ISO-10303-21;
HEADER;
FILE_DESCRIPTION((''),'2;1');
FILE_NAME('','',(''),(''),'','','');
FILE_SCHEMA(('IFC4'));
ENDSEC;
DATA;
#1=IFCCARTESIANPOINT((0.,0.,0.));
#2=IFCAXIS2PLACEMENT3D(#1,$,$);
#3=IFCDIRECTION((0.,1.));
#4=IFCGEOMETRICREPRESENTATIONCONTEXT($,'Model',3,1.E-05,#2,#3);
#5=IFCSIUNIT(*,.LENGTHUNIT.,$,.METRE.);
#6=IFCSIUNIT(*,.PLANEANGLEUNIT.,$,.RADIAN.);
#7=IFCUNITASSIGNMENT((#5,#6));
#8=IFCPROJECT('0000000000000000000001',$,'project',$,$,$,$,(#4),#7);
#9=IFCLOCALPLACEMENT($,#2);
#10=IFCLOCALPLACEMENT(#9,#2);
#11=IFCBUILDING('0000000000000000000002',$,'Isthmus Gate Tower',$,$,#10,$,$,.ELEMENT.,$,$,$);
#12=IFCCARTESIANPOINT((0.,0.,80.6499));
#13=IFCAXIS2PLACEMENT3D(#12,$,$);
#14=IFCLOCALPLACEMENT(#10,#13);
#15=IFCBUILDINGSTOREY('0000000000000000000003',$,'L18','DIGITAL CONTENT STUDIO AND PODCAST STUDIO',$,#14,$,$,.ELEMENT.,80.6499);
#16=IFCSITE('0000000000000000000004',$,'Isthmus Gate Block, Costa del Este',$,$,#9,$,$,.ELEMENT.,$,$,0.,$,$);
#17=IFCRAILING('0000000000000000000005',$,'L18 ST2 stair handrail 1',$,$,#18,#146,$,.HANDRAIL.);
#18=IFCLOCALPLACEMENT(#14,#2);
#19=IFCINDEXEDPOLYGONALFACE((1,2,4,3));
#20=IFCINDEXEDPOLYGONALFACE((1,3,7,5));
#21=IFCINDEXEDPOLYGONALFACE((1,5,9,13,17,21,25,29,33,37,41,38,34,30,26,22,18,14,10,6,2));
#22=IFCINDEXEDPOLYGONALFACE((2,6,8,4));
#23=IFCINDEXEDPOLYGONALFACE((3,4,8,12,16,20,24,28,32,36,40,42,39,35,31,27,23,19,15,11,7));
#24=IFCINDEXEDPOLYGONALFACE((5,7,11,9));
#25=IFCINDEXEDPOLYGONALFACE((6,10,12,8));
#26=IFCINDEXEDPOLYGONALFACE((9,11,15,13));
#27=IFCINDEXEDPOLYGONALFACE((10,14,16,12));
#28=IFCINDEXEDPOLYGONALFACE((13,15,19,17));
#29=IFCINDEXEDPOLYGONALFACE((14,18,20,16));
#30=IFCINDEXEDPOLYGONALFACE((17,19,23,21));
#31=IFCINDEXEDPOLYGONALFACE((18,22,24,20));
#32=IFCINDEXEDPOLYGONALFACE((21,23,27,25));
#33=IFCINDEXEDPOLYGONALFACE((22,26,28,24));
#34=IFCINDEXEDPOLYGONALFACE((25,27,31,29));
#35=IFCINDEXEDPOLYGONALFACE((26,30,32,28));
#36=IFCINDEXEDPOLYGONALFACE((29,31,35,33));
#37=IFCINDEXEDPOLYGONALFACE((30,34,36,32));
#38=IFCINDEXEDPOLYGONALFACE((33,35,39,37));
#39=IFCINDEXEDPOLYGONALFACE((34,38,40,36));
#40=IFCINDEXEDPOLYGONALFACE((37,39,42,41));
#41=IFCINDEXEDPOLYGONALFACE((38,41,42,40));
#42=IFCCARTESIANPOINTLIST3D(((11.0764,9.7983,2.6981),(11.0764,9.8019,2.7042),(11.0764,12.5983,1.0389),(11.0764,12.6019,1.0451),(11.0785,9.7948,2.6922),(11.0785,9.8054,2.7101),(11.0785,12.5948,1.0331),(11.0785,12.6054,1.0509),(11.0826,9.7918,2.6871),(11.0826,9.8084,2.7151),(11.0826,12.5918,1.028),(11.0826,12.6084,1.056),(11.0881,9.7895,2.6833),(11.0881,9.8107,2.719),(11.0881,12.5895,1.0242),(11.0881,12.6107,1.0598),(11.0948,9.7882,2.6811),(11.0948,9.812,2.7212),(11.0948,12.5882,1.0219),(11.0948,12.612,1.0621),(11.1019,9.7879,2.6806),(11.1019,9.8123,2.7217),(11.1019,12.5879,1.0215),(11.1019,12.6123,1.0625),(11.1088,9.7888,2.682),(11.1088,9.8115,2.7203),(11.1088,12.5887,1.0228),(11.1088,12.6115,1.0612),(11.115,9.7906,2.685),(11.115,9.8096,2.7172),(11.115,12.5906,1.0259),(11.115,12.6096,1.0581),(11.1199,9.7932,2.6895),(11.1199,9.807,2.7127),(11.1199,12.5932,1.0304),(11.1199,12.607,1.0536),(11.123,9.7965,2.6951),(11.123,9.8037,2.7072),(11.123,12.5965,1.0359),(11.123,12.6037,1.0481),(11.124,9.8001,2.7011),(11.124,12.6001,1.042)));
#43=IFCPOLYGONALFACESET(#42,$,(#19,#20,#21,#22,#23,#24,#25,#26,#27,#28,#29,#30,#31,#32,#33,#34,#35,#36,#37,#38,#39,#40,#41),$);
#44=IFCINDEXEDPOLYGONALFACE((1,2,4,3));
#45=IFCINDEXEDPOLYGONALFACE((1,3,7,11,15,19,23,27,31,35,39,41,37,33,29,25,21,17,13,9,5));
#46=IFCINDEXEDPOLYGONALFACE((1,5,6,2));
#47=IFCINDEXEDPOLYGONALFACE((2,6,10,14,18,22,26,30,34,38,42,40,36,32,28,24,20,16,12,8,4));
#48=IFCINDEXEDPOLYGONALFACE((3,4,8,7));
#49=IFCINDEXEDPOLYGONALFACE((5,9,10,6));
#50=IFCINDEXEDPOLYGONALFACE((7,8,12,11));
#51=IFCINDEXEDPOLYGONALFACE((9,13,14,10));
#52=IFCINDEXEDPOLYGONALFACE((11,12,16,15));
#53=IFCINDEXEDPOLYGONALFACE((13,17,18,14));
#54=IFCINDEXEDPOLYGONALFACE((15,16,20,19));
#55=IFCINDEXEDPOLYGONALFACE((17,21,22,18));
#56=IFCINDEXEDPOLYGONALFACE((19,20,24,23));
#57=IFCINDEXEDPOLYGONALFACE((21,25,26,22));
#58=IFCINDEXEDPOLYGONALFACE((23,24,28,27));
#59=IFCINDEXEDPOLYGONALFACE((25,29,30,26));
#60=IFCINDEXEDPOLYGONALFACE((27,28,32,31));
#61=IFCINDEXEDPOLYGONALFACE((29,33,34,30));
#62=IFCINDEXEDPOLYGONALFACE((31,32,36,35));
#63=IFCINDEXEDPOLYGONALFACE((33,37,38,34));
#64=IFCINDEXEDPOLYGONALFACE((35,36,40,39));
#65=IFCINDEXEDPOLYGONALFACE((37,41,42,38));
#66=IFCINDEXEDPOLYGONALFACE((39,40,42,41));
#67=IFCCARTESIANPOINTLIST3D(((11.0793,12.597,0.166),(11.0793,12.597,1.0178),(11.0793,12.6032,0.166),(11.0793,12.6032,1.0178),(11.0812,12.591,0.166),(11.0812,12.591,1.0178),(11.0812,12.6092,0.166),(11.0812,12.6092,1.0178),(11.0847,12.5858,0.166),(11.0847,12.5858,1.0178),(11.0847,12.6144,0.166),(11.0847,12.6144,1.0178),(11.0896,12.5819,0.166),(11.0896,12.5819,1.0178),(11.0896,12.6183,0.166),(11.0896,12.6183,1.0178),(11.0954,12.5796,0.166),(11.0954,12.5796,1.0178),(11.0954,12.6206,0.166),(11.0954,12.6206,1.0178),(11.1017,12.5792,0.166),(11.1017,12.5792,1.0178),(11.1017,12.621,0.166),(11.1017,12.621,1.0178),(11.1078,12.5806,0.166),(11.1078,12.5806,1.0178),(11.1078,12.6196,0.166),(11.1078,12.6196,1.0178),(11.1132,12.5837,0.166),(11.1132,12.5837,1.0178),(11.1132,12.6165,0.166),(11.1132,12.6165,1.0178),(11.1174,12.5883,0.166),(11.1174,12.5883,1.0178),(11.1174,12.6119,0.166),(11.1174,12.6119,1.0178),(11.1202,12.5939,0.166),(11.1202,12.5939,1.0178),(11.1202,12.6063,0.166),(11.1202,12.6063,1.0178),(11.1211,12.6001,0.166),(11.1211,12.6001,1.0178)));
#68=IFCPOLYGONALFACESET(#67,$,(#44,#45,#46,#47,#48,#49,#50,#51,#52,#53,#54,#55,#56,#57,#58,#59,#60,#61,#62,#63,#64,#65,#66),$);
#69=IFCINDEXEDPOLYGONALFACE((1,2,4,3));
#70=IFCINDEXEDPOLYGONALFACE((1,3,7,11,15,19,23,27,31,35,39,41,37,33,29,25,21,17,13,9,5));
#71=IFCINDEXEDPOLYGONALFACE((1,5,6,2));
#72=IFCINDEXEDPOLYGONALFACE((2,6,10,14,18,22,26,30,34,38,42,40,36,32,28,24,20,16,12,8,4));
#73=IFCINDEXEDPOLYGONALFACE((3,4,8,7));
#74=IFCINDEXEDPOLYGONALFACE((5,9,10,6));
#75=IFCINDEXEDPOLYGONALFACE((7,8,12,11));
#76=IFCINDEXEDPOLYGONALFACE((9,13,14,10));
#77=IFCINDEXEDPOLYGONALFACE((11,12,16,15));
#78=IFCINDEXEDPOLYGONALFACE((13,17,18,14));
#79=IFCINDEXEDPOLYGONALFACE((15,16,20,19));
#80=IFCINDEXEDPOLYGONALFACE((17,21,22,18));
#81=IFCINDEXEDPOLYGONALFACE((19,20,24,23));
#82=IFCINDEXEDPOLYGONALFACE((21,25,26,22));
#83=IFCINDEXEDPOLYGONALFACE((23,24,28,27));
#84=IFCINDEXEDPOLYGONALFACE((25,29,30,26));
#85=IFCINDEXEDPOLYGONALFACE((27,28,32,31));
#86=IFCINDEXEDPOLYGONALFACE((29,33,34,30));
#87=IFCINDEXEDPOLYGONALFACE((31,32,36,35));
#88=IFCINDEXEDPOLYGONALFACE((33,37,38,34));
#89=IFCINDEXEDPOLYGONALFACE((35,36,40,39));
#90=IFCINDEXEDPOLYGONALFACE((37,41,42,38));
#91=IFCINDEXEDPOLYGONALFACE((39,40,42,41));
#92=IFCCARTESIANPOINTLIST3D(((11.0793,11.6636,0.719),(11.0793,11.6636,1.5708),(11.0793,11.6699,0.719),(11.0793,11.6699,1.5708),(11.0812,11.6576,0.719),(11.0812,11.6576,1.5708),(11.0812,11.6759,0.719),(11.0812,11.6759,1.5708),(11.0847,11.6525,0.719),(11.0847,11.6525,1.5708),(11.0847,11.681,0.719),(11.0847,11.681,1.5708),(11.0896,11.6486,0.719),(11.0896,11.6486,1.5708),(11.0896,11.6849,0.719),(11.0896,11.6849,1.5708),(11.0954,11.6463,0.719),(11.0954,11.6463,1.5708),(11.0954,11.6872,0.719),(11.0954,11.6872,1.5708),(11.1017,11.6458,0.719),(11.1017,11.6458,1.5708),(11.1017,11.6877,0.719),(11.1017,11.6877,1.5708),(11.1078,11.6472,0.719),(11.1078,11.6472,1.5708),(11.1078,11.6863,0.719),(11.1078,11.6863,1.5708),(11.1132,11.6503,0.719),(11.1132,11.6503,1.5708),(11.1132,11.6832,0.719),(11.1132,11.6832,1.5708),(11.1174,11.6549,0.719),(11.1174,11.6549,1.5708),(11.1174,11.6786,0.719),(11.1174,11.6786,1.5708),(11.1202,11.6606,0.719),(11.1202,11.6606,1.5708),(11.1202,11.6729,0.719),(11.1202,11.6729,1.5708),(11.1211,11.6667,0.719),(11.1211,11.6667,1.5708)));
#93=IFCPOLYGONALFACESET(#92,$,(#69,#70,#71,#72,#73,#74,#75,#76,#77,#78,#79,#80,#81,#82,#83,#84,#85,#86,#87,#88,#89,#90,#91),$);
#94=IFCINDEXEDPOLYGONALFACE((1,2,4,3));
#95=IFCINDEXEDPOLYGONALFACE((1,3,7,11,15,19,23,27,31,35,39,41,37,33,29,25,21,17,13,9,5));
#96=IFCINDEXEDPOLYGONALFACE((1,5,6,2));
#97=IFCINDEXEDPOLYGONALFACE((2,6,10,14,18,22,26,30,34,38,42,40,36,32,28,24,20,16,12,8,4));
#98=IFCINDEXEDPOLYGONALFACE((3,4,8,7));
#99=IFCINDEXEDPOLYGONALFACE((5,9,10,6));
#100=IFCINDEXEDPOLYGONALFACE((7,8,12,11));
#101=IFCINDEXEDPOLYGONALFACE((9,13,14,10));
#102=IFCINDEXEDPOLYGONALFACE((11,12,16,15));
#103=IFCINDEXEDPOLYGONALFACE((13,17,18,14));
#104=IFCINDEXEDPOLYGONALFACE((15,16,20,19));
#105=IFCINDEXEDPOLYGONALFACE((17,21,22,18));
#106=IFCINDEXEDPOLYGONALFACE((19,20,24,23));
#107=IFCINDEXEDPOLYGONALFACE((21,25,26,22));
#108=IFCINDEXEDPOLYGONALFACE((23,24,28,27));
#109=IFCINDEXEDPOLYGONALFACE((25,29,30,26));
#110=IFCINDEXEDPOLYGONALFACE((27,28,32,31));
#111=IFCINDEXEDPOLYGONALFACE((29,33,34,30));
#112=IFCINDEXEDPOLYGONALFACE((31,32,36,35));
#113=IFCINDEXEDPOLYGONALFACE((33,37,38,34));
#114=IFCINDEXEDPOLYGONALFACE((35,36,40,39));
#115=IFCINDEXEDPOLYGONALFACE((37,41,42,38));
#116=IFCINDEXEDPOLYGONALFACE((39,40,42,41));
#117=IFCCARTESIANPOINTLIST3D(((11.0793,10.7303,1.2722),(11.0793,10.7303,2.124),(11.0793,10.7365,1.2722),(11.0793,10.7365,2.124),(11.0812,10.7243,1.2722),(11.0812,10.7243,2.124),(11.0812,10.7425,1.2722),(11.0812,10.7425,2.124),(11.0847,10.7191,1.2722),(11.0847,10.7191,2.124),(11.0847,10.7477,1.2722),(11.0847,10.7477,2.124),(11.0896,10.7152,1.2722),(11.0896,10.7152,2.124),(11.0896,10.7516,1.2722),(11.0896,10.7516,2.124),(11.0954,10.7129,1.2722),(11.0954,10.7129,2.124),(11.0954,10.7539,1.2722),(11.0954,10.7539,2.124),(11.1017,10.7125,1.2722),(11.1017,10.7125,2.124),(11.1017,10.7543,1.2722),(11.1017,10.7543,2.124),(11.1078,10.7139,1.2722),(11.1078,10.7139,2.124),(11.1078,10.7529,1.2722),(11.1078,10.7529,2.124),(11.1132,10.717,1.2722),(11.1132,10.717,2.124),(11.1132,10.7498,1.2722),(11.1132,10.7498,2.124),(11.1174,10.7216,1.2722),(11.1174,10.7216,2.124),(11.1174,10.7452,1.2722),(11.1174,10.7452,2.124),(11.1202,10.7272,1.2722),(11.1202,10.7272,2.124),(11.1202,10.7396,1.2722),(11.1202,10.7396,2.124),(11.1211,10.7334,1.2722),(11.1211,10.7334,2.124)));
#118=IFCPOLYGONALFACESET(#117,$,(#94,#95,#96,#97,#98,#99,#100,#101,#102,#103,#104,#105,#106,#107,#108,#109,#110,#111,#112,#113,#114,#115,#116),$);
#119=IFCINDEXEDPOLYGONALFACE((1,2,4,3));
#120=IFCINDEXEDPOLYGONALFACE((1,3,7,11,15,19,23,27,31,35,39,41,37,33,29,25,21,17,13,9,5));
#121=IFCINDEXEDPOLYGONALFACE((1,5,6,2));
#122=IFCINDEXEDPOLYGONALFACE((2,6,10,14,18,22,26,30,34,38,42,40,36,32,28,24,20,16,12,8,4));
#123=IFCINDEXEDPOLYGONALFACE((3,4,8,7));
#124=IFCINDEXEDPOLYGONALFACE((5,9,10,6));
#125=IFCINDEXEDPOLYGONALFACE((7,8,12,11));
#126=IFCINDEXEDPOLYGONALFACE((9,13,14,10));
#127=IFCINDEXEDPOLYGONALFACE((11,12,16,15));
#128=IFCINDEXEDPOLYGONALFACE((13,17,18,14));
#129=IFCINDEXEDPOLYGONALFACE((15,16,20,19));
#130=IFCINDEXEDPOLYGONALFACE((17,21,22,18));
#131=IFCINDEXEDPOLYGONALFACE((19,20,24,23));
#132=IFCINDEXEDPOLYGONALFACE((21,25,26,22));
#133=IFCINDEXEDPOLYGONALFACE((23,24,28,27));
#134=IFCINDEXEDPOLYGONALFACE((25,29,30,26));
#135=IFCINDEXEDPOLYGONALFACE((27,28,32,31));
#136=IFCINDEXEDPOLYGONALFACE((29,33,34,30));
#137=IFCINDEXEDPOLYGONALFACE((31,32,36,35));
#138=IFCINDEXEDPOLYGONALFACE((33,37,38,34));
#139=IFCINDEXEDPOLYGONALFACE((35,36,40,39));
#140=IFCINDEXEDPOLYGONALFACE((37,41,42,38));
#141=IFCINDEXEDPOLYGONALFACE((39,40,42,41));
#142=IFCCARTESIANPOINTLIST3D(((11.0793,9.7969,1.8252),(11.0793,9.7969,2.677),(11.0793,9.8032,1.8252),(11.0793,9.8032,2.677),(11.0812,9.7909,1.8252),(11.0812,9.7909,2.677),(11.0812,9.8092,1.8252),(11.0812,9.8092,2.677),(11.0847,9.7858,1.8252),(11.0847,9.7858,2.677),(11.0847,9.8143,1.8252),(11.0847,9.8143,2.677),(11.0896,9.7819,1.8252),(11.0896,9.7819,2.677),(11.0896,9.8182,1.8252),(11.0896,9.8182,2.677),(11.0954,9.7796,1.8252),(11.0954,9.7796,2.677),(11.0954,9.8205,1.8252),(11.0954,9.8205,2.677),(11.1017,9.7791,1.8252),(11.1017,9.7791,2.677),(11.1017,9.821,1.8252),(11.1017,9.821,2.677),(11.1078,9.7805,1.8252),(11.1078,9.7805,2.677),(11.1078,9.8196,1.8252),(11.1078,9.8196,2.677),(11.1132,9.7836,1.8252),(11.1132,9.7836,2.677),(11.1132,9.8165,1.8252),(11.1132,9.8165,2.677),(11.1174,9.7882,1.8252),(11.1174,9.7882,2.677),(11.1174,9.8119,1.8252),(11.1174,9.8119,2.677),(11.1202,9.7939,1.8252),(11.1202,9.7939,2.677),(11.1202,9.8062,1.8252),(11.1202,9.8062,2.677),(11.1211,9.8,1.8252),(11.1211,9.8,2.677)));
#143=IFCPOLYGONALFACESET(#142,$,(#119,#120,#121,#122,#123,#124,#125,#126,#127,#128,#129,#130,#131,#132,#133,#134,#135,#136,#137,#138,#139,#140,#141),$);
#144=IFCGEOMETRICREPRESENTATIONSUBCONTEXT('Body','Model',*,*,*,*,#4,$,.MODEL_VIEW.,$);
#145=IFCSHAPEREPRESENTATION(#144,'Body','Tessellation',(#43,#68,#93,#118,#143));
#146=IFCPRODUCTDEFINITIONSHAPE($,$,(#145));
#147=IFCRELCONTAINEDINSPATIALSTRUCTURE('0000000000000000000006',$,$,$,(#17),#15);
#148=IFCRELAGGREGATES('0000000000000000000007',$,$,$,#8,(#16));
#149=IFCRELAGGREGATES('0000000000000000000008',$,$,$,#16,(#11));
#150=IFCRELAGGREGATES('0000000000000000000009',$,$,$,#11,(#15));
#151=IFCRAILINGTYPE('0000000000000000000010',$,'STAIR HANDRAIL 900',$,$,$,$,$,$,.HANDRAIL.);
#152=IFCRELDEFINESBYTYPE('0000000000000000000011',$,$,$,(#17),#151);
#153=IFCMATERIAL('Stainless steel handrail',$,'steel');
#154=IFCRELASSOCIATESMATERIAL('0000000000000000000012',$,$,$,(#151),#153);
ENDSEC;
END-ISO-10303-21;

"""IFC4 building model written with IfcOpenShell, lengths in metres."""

from ifc_helpers import new_model, si_unit, direction, frame, origin, origin_2d, place, context, subcontext, project, spatial, circle, extrude, material, type_object, element, save


model = new_model("IFC4")

# Units and contexts
model_context = context("Model", 3, precision=1e-05, world=origin(), true_north=direction((0.0, 1.0)))
body_context = subcontext(model_context, "Body", "Model", "MODEL_VIEW")
ifc_project = project(units=[si_unit("LENGTHUNIT", "METRE"), si_unit("PLANEANGLEUNIT", "RADIAN")], contexts=[model_context])

# Site, building, storey
site_placement = place(None, origin())
site = spatial("IfcSite", under=ifc_project, at=site_placement, Name="Isthmus Gate Block, Costa del Este", CompositionType="ELEMENT", RefElevation=0.0)
building_placement = place(site_placement, origin())
building = spatial("IfcBuilding", under=site, at=building_placement, Name="Isthmus Gate Tower", CompositionType="ELEMENT")
storey_placement = place(building_placement, frame((0.0, 0.0, 80.6499)))
storey = spatial("IfcBuildingStorey", under=building, at=storey_placement, Name="L18", Description="DIGITAL CONTENT STUDIO AND PODCAST STUDIO", CompositionType="ELEMENT", Elevation=80.6499)

# Railing
ifc_material_1 = material(Name="Stainless steel handrail", Category="steel")
railing_type_1 = type_object("IfcRailingType", Name="STAIR HANDRAIL 900", PredefinedType="HANDRAIL", material=ifc_material_1)
railing_1_placement = place(storey_placement, frame((11.1001, 12.6001, 0.166)))
element("IfcRailing", 1, at=railing_1_placement, inside=storey, type_object=railing_type_1, Name="L18 ST2 stair handrail 1", PredefinedType="HANDRAIL", context=body_context, shape_type="SweptSolid", body=[
    extrude(circle(Radius=0.0239, at=origin_2d()), frame((0.0, 0.0, 0.876), z_axis=(0.0, -0.860306, 0.509778), x_axis=(1.0, 0.0, 0.0)), (0.0, 0.0, 1.0), 3.2546),
    extrude(circle(Radius=0.021, at=origin_2d()), origin(), (0.0, 0.0, 1.0), 0.8518),
    extrude(circle(Radius=0.021, at=origin_2d()), frame((0.0, -0.9333, 0.553)), (0.0, 0.0, 1.0), 0.8518),
    extrude(circle(Radius=0.021, at=origin_2d()), frame((0.0, -1.8667, 1.1062)), (0.0, 0.0, 1.0), 0.8518),
    extrude(circle(Radius=0.021, at=origin_2d()), frame((0.0, -2.8, 1.6592)), (0.0, 0.0, 1.0), 0.8518),
])

save(model, "model.ifc")
